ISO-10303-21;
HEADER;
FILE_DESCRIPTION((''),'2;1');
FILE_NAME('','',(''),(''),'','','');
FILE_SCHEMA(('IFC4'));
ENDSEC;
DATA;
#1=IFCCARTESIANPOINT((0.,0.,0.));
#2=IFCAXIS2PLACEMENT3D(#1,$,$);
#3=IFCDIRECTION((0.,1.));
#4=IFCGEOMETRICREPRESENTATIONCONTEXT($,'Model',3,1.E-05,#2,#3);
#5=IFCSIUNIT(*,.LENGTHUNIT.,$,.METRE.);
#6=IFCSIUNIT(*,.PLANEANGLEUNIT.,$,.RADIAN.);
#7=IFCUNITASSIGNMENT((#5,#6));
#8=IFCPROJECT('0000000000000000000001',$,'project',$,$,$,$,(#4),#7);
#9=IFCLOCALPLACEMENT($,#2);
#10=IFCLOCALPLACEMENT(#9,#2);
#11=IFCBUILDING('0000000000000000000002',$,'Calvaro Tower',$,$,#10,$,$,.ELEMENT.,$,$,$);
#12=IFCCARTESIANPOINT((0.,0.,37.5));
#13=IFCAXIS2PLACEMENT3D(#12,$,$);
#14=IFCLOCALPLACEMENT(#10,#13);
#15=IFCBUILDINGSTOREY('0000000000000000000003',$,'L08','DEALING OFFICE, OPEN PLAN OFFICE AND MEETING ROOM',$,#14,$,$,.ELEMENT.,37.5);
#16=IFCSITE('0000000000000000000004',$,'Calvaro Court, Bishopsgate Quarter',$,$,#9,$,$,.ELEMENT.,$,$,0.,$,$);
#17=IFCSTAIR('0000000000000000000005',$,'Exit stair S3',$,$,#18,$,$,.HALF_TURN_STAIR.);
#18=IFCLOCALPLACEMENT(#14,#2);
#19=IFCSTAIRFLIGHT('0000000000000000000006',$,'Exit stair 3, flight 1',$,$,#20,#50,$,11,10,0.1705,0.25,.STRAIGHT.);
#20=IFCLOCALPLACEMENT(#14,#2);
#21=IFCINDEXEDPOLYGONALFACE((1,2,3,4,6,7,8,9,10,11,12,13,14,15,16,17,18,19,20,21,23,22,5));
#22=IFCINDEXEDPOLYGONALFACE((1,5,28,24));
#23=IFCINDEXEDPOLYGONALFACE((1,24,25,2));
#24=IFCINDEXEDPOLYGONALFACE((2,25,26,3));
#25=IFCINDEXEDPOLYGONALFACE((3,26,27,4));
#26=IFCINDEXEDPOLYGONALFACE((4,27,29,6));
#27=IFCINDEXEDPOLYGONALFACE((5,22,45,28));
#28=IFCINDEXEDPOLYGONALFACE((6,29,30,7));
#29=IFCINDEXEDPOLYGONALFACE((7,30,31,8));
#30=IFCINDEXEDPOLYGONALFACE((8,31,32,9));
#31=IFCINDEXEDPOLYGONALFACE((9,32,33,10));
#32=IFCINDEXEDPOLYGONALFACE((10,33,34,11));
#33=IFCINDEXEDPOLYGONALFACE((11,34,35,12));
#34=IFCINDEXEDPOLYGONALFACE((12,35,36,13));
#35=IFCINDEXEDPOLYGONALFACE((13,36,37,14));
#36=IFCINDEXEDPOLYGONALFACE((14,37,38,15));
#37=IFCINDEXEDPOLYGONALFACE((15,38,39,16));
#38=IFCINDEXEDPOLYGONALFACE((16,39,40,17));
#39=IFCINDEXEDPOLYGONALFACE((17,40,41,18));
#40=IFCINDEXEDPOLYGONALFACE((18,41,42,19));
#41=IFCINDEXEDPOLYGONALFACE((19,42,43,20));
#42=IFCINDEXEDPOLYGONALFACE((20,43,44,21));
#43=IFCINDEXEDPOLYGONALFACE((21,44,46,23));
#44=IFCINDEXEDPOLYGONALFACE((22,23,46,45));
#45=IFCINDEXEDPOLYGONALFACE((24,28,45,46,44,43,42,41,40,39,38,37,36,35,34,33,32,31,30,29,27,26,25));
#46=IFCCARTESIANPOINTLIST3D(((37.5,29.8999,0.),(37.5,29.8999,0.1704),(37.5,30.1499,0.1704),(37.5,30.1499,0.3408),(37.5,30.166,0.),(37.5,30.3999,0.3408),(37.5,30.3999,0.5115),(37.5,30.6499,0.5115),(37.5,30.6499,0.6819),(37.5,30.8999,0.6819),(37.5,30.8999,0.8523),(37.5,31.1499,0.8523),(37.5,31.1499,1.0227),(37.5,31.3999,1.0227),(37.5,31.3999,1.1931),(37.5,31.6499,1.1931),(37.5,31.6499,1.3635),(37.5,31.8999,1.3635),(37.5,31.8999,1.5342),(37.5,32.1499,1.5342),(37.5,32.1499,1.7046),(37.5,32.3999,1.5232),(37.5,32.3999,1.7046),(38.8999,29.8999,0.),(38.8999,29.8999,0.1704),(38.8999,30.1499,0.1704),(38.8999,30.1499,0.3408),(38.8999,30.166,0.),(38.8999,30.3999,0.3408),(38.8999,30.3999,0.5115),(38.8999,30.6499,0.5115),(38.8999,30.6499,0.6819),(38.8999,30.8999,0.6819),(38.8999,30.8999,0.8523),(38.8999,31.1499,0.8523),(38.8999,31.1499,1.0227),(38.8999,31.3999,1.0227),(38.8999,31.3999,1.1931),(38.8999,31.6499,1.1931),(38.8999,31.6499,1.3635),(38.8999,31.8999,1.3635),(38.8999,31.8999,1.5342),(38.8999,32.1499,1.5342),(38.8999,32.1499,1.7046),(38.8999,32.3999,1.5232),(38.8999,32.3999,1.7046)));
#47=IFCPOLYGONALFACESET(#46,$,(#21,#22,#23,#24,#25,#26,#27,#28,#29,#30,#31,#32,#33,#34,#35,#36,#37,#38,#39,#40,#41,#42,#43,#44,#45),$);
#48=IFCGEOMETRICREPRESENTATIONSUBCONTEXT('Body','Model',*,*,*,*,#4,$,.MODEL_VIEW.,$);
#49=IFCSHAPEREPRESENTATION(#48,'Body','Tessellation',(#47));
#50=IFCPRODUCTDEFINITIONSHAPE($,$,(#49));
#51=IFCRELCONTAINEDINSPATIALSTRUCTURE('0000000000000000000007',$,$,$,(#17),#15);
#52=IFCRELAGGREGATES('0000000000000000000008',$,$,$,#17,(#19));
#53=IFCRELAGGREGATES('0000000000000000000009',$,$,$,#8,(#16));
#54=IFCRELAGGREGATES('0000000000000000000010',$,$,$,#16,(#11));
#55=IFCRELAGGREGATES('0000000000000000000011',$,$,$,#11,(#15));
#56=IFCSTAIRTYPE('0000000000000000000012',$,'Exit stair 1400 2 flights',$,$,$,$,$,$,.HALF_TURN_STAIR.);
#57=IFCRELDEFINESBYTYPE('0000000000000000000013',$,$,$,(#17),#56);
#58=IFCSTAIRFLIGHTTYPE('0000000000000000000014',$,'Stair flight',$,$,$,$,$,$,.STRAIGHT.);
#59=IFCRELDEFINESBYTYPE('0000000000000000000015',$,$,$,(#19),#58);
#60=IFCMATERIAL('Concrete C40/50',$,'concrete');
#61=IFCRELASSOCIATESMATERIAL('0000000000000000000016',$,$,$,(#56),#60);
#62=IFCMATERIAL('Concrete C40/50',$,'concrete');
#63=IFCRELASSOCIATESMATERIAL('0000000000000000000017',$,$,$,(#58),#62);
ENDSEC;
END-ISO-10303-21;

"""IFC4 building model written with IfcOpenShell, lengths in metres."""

from ifc_helpers import new_model, si_unit, direction, frame, origin, place, context, subcontext, project, spatial, polyline, outline, extrude, material, type_object, element, aggregate, save


model = new_model("IFC4")

# Units and contexts
model_context = context("Model", 3, precision=1e-05, world=origin(), true_north=direction((0.0, 1.0)))
body_context = subcontext(model_context, "Body", "Model", "MODEL_VIEW")
ifc_project = project(units=[si_unit("LENGTHUNIT", "METRE"), si_unit("PLANEANGLEUNIT", "RADIAN")], contexts=[model_context])

# Site, building, storey
site_placement = place(None, origin())
site = spatial("IfcSite", under=ifc_project, at=site_placement, Name="Calvaro Court, Bishopsgate Quarter", CompositionType="ELEMENT", RefElevation=0.0)
building_placement = place(site_placement, origin())
building = spatial("IfcBuilding", under=site, at=building_placement, Name="Calvaro Tower", CompositionType="ELEMENT")
storey_placement = place(building_placement, frame((0.0, 0.0, 37.5)))
storey = spatial("IfcBuildingStorey", under=building, at=storey_placement, Name="L08", Description="DEALING OFFICE, OPEN PLAN OFFICE AND MEETING ROOM", CompositionType="ELEMENT", Elevation=37.5)

# Stair, stair flight
ifc_material_1 = material(Name="Concrete C40/50", Category="concrete")
stair_type = type_object("IfcStairType", Name="Exit stair 1400 2 flights", PredefinedType="HALF_TURN_STAIR", material=ifc_material_1)
stair_1_placement = place(storey_placement, origin())
stair_1 = element("IfcStair", 1, at=stair_1_placement, inside=storey, type_object=stair_type, Name="Exit stair S3", PredefinedType="HALF_TURN_STAIR")
ifc_material_2 = material(Name="Concrete C40/50", Category="concrete")
stair_flight_type = type_object("IfcStairFlightType", Name="Stair flight", PredefinedType="STRAIGHT", material=ifc_material_2)
stair_flight_placement = place(storey_placement, frame((38.2, 29.8999, 0.0), z_axis=(0.0, 0.0, 1.0), x_axis=(0.0, 1.0, 0.0)))
stair_flight = element("IfcStairFlight", 2, at=stair_flight_placement, type_object=stair_flight_type, Name="Exit stair 3, flight 1", NumberOfRisers=11, NumberOfTreads=10, PredefinedType="STRAIGHT", RiserHeight=0.1705, TreadLength=0.25, context=body_context, shape_type="SweptSolid", body=[
    extrude(outline(polyline([(0.0, 0.0), (0.0, 0.1704), (0.25, 0.1704), (0.25, 0.3408), (0.5, 0.3408), (0.5, 0.5115), (0.75, 0.5115), (0.75, 0.6819), (1.0, 0.6819), (1.0, 0.8523), (1.25, 0.8523), (1.25, 1.0227), (1.5, 1.0227), (1.5, 1.1931), (1.75, 1.1931), (1.75, 1.3635), (2.0, 1.3635), (2.0, 1.5342), (2.25, 1.5342), (2.25, 1.7046), (2.5, 1.7046), (2.5, 1.875), (2.5, 1.5232), (0.2661, 0.0), (0.0, 0.0)])), frame((0.0, 0.7, 0.0), z_axis=(0.0, -1.0, 0.0), x_axis=(1.0, 0.0, 0.0)), (0.0, 0.0, 1.0), 1.3999),
])
aggregate(stair_1, [stair_flight])

save(model, "model.ifc")
